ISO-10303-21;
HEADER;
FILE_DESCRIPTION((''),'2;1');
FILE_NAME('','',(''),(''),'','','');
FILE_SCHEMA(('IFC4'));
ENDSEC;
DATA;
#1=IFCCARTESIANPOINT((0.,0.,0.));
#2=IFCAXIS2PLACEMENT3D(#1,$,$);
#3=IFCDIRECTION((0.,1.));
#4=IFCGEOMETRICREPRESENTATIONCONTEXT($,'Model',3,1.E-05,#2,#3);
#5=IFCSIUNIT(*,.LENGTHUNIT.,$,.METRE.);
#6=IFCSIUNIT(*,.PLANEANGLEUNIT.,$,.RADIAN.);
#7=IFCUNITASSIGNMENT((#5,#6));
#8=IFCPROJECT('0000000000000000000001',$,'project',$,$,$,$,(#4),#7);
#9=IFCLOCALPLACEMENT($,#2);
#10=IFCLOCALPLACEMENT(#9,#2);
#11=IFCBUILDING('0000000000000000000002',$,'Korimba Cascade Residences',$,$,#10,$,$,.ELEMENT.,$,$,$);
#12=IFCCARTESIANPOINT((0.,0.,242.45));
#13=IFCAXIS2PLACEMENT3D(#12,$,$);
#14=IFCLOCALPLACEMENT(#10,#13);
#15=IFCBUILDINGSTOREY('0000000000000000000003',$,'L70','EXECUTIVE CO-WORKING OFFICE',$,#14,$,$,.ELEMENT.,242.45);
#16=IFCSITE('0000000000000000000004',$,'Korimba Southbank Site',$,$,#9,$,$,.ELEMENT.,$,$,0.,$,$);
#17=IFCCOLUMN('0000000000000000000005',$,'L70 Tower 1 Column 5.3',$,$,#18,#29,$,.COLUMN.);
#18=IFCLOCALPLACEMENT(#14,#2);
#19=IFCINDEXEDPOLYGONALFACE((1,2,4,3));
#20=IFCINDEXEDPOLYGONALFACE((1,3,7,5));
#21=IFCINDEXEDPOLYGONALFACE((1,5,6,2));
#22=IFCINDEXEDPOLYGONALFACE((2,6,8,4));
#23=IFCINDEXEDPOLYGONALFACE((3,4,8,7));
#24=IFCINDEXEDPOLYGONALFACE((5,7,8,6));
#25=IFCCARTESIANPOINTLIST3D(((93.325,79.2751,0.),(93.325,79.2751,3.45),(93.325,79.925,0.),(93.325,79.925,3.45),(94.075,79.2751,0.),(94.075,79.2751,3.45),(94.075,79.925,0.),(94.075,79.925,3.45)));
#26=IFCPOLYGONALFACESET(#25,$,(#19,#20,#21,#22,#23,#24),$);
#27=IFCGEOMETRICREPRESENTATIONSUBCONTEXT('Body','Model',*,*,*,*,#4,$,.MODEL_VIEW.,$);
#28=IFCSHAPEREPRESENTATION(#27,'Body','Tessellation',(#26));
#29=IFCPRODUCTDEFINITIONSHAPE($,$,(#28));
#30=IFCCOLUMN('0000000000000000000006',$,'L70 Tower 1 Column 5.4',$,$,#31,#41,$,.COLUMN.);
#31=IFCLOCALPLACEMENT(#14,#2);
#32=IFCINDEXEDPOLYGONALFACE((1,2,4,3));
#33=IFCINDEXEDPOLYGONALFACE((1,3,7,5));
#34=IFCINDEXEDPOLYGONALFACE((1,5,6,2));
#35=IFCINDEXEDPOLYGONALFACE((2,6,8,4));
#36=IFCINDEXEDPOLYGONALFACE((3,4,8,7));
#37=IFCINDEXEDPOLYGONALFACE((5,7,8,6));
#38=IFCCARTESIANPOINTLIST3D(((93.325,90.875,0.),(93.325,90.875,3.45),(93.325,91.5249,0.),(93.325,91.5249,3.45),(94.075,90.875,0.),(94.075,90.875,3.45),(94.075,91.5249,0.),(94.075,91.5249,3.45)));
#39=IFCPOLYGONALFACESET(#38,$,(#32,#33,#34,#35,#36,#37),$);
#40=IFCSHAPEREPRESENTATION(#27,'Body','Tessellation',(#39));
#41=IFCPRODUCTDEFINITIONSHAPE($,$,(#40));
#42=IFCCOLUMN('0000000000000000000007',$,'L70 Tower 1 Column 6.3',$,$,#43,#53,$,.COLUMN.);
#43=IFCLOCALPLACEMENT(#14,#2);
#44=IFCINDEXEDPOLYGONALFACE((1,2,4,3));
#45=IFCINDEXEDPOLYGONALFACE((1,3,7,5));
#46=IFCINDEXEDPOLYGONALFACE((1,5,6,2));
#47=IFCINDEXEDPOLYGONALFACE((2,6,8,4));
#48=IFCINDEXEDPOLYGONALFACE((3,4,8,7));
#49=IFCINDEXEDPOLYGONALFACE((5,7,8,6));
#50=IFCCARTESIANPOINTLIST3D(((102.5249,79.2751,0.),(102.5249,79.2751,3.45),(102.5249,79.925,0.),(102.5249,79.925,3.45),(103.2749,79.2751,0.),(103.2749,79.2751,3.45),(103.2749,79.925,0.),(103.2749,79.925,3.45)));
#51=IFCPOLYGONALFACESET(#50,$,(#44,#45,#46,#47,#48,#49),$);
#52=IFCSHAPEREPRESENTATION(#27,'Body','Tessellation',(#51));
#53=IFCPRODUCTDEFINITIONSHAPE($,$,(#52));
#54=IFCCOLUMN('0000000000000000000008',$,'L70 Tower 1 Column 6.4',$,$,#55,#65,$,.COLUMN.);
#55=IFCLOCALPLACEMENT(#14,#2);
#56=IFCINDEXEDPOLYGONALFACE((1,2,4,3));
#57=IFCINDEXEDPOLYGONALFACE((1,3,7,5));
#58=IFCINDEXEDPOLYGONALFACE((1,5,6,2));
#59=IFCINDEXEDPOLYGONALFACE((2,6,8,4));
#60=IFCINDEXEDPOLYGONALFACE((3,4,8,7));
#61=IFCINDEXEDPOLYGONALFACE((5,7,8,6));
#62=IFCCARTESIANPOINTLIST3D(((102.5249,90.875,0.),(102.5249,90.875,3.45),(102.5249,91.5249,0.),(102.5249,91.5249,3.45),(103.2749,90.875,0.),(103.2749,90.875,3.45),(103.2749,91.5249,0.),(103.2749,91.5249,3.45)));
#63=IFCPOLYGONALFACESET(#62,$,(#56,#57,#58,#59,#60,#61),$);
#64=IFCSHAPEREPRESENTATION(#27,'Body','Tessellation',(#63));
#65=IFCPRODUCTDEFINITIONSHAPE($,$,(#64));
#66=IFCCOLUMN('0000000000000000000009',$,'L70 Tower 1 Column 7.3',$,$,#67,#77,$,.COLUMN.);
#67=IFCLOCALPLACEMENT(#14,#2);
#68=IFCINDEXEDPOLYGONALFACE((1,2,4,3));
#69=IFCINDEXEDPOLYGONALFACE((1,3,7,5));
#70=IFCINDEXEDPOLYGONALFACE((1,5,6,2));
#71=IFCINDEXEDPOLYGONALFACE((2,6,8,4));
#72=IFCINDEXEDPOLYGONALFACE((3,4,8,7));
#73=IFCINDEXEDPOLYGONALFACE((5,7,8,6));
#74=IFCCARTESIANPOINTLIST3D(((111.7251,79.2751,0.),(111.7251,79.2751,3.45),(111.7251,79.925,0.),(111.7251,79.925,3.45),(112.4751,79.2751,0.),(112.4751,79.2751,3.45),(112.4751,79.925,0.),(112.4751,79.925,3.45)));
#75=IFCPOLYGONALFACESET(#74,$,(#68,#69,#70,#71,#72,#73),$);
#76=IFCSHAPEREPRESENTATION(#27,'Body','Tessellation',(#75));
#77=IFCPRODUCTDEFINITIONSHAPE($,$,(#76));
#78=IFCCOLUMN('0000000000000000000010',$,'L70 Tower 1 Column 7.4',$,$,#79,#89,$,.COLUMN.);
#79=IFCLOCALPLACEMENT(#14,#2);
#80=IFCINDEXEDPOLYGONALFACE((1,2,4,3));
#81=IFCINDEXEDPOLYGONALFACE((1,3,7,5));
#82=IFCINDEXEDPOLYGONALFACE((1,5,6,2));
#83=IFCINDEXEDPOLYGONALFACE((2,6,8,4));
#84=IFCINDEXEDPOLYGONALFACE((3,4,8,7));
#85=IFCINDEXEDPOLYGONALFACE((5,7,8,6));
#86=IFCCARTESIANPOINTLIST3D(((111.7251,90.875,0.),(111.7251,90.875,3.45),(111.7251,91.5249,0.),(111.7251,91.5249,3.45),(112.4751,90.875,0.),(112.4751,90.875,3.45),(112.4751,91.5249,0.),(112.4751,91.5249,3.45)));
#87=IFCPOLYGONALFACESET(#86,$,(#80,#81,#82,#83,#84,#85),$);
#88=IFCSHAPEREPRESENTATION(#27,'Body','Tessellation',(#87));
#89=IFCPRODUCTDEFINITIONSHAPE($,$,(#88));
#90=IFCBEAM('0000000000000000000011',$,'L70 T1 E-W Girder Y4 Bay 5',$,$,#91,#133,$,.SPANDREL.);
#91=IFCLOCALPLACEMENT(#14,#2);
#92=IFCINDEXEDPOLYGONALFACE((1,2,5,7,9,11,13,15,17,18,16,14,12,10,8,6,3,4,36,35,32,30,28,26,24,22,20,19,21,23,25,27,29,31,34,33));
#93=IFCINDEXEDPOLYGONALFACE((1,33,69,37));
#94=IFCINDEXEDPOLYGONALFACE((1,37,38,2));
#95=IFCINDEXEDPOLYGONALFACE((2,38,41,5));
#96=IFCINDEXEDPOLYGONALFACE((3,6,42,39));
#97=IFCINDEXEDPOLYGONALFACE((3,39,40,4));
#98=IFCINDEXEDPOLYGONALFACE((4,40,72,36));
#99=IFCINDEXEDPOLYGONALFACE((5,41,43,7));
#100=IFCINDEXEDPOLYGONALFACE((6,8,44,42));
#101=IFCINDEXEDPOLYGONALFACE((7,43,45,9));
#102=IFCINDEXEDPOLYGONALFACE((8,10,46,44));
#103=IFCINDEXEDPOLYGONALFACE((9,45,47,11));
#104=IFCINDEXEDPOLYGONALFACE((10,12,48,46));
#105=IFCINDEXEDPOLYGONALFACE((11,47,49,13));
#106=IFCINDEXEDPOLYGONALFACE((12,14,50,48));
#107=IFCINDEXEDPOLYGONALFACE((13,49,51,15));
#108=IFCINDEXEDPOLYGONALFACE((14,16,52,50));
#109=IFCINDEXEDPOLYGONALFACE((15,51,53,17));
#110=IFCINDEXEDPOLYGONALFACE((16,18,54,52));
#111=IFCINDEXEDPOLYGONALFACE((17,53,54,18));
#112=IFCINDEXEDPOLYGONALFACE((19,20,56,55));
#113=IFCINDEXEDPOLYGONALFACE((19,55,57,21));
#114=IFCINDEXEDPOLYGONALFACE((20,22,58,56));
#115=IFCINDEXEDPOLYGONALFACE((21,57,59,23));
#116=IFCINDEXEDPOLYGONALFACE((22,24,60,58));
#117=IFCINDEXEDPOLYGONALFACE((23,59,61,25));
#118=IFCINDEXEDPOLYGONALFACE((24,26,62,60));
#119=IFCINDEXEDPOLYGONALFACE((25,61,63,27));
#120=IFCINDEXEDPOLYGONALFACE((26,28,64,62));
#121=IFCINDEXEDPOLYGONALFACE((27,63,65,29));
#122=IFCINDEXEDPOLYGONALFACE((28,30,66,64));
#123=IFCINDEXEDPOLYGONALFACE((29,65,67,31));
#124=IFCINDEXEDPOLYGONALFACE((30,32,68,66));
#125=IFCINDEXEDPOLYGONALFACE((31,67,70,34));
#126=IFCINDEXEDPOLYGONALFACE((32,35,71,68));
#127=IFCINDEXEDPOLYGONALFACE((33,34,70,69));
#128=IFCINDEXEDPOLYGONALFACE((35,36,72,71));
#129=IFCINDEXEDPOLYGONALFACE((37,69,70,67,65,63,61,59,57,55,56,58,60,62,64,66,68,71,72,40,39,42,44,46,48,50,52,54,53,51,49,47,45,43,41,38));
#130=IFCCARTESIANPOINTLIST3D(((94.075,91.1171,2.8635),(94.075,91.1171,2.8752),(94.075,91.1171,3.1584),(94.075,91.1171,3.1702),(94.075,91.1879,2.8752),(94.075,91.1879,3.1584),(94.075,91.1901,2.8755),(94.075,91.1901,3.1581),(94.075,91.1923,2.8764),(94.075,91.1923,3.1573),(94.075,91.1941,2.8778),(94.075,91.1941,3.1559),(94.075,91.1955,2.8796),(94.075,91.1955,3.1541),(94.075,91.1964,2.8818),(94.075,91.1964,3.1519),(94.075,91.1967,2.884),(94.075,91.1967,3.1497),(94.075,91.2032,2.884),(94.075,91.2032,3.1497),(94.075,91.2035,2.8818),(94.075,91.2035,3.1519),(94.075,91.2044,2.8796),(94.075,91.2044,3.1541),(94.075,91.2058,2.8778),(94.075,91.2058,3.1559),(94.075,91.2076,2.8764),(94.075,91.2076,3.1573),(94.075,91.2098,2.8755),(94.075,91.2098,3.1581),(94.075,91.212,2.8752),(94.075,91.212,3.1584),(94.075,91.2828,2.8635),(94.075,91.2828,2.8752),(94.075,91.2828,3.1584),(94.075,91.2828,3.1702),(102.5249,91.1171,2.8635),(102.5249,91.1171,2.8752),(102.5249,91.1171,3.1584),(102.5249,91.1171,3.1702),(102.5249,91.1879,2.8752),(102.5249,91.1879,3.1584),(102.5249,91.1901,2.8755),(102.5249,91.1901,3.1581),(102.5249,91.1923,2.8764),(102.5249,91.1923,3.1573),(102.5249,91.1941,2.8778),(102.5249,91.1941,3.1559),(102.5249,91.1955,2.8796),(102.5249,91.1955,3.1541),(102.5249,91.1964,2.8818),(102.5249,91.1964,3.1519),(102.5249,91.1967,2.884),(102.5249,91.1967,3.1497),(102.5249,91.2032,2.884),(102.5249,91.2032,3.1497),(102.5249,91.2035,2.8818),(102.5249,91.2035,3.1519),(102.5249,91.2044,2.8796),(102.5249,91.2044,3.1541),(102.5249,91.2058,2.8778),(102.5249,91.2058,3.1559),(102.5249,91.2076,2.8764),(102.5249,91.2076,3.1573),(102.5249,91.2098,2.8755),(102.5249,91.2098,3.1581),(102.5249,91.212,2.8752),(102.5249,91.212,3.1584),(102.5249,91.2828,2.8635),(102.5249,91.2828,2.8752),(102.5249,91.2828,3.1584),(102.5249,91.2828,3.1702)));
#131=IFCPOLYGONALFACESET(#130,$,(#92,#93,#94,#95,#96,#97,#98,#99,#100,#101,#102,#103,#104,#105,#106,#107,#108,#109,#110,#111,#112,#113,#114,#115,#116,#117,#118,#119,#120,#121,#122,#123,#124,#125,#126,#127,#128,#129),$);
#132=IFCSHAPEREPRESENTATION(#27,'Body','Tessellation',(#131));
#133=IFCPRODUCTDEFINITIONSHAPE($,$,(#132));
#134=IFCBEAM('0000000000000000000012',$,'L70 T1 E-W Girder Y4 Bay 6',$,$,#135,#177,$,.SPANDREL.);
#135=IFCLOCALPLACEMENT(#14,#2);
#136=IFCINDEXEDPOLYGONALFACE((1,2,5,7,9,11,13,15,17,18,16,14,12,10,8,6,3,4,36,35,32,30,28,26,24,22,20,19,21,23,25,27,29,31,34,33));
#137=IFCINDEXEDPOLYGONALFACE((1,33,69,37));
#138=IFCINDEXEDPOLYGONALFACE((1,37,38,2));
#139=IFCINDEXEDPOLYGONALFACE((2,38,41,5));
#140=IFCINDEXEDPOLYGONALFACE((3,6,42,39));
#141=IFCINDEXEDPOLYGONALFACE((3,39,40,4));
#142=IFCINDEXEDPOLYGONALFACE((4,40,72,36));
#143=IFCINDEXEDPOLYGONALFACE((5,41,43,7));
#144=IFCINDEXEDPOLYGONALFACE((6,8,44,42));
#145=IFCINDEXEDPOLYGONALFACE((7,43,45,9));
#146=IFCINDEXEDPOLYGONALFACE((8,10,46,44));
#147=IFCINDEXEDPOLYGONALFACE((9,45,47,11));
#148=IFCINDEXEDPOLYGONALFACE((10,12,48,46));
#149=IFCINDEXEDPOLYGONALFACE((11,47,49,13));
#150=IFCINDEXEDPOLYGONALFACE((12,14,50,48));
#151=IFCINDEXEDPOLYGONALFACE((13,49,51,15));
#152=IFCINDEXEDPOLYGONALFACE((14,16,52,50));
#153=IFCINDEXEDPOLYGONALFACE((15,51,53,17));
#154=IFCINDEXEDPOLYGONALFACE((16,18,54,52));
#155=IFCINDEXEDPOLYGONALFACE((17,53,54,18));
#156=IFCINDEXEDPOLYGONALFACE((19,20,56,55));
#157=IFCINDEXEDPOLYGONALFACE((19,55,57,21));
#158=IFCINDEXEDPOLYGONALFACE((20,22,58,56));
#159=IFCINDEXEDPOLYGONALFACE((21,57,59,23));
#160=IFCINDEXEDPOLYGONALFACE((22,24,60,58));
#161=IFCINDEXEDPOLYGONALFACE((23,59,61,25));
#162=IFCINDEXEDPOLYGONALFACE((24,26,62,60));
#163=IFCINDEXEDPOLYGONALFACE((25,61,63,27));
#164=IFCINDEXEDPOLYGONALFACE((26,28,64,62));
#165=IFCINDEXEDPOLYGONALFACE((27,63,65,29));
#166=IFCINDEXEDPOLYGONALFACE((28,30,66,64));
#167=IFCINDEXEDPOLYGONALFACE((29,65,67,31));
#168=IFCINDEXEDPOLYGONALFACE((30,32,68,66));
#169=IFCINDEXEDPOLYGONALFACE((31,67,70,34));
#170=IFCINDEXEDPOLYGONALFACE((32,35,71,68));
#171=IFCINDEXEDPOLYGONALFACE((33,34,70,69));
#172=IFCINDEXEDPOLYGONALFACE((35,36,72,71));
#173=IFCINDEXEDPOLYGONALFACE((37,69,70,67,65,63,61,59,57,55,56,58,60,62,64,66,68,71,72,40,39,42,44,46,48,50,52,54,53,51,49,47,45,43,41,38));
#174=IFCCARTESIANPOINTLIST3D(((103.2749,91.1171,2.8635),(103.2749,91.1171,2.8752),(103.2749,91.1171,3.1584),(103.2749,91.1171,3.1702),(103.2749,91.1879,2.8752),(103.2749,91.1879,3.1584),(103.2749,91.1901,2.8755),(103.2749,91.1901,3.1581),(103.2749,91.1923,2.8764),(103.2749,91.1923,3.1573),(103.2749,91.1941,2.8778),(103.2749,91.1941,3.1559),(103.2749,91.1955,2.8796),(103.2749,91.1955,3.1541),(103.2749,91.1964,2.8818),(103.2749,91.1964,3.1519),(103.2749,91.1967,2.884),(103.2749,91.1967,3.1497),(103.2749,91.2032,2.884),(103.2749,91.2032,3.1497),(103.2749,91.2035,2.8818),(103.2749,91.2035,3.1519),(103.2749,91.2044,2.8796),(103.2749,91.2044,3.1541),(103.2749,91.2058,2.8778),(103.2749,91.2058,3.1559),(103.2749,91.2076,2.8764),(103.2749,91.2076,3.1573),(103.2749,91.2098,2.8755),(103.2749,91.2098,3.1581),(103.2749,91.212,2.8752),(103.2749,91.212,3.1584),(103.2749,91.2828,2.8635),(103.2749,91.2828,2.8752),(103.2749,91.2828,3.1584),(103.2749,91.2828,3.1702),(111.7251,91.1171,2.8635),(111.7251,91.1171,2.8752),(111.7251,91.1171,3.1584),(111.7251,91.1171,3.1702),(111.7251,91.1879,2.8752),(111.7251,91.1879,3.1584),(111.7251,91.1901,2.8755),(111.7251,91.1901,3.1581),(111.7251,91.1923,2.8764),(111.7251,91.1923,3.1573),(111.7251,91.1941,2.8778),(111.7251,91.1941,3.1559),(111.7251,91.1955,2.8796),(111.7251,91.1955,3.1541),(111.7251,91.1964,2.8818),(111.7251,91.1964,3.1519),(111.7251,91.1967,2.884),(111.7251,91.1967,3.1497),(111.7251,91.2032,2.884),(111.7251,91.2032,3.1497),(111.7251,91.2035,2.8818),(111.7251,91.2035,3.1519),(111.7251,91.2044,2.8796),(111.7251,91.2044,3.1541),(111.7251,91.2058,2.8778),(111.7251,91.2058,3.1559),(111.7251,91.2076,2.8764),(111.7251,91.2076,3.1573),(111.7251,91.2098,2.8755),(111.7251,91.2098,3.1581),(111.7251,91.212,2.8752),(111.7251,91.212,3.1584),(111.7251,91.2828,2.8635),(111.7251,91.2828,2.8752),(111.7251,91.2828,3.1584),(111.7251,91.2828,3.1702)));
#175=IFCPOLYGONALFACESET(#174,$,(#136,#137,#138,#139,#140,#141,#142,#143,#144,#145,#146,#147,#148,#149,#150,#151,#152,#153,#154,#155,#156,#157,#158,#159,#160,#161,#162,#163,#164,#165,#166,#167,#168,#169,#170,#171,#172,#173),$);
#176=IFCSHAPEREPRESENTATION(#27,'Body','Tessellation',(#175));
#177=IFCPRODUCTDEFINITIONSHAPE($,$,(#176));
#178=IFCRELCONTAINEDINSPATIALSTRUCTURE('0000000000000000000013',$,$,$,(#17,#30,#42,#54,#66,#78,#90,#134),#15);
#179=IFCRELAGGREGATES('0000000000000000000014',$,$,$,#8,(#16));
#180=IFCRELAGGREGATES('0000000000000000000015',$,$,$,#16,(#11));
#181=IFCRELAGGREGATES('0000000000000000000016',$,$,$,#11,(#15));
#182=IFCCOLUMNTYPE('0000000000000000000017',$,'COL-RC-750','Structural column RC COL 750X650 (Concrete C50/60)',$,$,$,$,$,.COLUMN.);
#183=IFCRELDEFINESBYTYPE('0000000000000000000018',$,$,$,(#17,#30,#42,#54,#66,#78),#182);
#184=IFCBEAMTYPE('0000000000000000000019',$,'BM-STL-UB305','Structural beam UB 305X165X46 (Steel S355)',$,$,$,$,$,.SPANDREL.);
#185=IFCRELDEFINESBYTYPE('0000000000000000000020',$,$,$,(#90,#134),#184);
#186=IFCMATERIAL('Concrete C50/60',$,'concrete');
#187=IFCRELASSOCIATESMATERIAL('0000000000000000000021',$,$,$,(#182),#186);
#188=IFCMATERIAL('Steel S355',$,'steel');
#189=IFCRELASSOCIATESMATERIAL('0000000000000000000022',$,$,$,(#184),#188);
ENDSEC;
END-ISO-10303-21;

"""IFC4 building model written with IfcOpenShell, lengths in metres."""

from ifc_helpers import new_model, si_unit, direction, frame, origin, origin_2d, place, context, subcontext, project, spatial, rectangle, i_section, extrude, material, material_profile, profile_set, type_object, element, save


model = new_model("IFC4")

# Units and contexts
model_context = context("Model", 3, precision=1e-05, world=origin(), true_north=direction((0.0, 1.0)))
body_context = subcontext(model_context, "Body", "Model", "MODEL_VIEW")
ifc_project = project(units=[si_unit("LENGTHUNIT", "METRE"), si_unit("PLANEANGLEUNIT", "RADIAN")], contexts=[model_context])

# Site, building, storey
site_placement = place(None, origin())
site = spatial("IfcSite", under=ifc_project, at=site_placement, Name="Korimba Southbank Site", CompositionType="ELEMENT", RefElevation=0.0)
building_placement = place(site_placement, origin())
building = spatial("IfcBuilding", under=site, at=building_placement, Name="Korimba Cascade Residences", CompositionType="ELEMENT")
storey_placement = place(building_placement, frame((0.0, 0.0, 242.45)))
storey = spatial("IfcBuildingStorey", under=building, at=storey_placement, Name="L70", Description="EXECUTIVE CO-WORKING OFFICE", CompositionType="ELEMENT", Elevation=242.45)

# Columns
ifc_material_1 = material(Name="Concrete C50/60", Category="concrete")
ifc_material_profile_1 = material_profile(ifc_material_1, rectangle(XDim=0.75, YDim=0.6499, at=origin_2d()), Name="Concrete C50/60")
ifc_profile_set_1 = profile_set([ifc_material_profile_1], Name="Concrete C50/60")
column_type = type_object("IfcColumnType", Name="COL-RC-750", Description="Structural column RC COL 750X650 (Concrete C50/60)", PredefinedType="COLUMN", material=ifc_profile_set_1)
for number, where, z_axis, x_axis, name in (
    (1, (93.7, 79.6001, 0.0), (0.0, 0.0, 1.0), (1.0, 0.0, 0.0), "L70 Tower 1 Column 5.3"),
    (2, (93.7, 91.2, 0.0), (0.0, 0.0, 1.0), (1.0, 0.0, 0.0), "L70 Tower 1 Column 5.4"),
    (3, (102.8999, 79.6001, 0.0), (0.0, 0.0, 1.0), (1.0, 0.0, 0.0), "L70 Tower 1 Column 6.3"),
    (4, (102.8999, 91.2, 0.0), (0.0, 0.0, 1.0), (1.0, 0.0, 0.0), "L70 Tower 1 Column 6.4"),
    (5, (112.1001, 79.6001, 0.0), (0.0, 0.0, 1.0), (1.0, 0.0, 0.0), "L70 Tower 1 Column 7.3"),
    (6, (112.1001, 91.2, 0.0), (0.0, 0.0, 1.0), (1.0, 0.0, 0.0), "L70 Tower 1 Column 7.4"),
):
    element("IfcColumn", number, at=place(storey_placement, frame(where, z_axis=z_axis, x_axis=x_axis)), inside=storey, type_object=column_type, Name=name, PredefinedType="COLUMN", context=body_context, shape_type="SweptSolid", body=[
        extrude(rectangle(XDim=0.75, YDim=0.6499, at=origin_2d()), origin(), (0.0, 0.0, 1.0), 3.45),
    ])

# Beams
ifc_material_2 = material(Name="Steel S355", Category="steel")
ifc_material_profile_2 = material_profile(ifc_material_2, i_section(OverallWidth=0.1658, OverallDepth=0.3066, WebThickness=0.0066, FlangeThickness=0.0117, FilletRadius=0.0088, at=origin_2d()), Name="Steel S355")
ifc_profile_set_2 = profile_set([ifc_material_profile_2], Name="Steel S355")
beam_type_1 = type_object("IfcBeamType", Name="BM-STL-UB305", Description="Structural beam UB 305X165X46 (Steel S355)", PredefinedType="SPANDREL", material=ifc_profile_set_2)
beam_1_placement = place(storey_placement, frame((94.075, 91.2, 3.0168), z_axis=(1.0, 0.0, 0.0), x_axis=(0.0, 1.0, 0.0)))
element("IfcBeam", 7, at=beam_1_placement, inside=storey, type_object=beam_type_1, Name="L70 T1 E-W Girder Y4 Bay 5", PredefinedType="SPANDREL", context=body_context, shape_type="SweptSolid", body=[
    extrude(i_section(OverallWidth=0.1658, OverallDepth=0.3066, WebThickness=0.0066, FlangeThickness=0.0117, FilletRadius=0.0088, at=origin_2d()), origin(), (0.0, 0.0, 1.0), 8.45),
])
beam_2_placement = place(storey_placement, frame((103.2749, 91.2, 3.0168), z_axis=(1.0, 0.0, 0.0), x_axis=(0.0, 1.0, 0.0)))
element("IfcBeam", 8, at=beam_2_placement, inside=storey, type_object=beam_type_1, Name="L70 T1 E-W Girder Y4 Bay 6", PredefinedType="SPANDREL", context=body_context, shape_type="SweptSolid", body=[
    extrude(i_section(OverallWidth=0.1658, OverallDepth=0.3066, WebThickness=0.0066, FlangeThickness=0.0117, FilletRadius=0.0088, at=origin_2d()), origin(), (0.0, 0.0, 1.0), 8.4502),
])

save(model, "model.ifc")
